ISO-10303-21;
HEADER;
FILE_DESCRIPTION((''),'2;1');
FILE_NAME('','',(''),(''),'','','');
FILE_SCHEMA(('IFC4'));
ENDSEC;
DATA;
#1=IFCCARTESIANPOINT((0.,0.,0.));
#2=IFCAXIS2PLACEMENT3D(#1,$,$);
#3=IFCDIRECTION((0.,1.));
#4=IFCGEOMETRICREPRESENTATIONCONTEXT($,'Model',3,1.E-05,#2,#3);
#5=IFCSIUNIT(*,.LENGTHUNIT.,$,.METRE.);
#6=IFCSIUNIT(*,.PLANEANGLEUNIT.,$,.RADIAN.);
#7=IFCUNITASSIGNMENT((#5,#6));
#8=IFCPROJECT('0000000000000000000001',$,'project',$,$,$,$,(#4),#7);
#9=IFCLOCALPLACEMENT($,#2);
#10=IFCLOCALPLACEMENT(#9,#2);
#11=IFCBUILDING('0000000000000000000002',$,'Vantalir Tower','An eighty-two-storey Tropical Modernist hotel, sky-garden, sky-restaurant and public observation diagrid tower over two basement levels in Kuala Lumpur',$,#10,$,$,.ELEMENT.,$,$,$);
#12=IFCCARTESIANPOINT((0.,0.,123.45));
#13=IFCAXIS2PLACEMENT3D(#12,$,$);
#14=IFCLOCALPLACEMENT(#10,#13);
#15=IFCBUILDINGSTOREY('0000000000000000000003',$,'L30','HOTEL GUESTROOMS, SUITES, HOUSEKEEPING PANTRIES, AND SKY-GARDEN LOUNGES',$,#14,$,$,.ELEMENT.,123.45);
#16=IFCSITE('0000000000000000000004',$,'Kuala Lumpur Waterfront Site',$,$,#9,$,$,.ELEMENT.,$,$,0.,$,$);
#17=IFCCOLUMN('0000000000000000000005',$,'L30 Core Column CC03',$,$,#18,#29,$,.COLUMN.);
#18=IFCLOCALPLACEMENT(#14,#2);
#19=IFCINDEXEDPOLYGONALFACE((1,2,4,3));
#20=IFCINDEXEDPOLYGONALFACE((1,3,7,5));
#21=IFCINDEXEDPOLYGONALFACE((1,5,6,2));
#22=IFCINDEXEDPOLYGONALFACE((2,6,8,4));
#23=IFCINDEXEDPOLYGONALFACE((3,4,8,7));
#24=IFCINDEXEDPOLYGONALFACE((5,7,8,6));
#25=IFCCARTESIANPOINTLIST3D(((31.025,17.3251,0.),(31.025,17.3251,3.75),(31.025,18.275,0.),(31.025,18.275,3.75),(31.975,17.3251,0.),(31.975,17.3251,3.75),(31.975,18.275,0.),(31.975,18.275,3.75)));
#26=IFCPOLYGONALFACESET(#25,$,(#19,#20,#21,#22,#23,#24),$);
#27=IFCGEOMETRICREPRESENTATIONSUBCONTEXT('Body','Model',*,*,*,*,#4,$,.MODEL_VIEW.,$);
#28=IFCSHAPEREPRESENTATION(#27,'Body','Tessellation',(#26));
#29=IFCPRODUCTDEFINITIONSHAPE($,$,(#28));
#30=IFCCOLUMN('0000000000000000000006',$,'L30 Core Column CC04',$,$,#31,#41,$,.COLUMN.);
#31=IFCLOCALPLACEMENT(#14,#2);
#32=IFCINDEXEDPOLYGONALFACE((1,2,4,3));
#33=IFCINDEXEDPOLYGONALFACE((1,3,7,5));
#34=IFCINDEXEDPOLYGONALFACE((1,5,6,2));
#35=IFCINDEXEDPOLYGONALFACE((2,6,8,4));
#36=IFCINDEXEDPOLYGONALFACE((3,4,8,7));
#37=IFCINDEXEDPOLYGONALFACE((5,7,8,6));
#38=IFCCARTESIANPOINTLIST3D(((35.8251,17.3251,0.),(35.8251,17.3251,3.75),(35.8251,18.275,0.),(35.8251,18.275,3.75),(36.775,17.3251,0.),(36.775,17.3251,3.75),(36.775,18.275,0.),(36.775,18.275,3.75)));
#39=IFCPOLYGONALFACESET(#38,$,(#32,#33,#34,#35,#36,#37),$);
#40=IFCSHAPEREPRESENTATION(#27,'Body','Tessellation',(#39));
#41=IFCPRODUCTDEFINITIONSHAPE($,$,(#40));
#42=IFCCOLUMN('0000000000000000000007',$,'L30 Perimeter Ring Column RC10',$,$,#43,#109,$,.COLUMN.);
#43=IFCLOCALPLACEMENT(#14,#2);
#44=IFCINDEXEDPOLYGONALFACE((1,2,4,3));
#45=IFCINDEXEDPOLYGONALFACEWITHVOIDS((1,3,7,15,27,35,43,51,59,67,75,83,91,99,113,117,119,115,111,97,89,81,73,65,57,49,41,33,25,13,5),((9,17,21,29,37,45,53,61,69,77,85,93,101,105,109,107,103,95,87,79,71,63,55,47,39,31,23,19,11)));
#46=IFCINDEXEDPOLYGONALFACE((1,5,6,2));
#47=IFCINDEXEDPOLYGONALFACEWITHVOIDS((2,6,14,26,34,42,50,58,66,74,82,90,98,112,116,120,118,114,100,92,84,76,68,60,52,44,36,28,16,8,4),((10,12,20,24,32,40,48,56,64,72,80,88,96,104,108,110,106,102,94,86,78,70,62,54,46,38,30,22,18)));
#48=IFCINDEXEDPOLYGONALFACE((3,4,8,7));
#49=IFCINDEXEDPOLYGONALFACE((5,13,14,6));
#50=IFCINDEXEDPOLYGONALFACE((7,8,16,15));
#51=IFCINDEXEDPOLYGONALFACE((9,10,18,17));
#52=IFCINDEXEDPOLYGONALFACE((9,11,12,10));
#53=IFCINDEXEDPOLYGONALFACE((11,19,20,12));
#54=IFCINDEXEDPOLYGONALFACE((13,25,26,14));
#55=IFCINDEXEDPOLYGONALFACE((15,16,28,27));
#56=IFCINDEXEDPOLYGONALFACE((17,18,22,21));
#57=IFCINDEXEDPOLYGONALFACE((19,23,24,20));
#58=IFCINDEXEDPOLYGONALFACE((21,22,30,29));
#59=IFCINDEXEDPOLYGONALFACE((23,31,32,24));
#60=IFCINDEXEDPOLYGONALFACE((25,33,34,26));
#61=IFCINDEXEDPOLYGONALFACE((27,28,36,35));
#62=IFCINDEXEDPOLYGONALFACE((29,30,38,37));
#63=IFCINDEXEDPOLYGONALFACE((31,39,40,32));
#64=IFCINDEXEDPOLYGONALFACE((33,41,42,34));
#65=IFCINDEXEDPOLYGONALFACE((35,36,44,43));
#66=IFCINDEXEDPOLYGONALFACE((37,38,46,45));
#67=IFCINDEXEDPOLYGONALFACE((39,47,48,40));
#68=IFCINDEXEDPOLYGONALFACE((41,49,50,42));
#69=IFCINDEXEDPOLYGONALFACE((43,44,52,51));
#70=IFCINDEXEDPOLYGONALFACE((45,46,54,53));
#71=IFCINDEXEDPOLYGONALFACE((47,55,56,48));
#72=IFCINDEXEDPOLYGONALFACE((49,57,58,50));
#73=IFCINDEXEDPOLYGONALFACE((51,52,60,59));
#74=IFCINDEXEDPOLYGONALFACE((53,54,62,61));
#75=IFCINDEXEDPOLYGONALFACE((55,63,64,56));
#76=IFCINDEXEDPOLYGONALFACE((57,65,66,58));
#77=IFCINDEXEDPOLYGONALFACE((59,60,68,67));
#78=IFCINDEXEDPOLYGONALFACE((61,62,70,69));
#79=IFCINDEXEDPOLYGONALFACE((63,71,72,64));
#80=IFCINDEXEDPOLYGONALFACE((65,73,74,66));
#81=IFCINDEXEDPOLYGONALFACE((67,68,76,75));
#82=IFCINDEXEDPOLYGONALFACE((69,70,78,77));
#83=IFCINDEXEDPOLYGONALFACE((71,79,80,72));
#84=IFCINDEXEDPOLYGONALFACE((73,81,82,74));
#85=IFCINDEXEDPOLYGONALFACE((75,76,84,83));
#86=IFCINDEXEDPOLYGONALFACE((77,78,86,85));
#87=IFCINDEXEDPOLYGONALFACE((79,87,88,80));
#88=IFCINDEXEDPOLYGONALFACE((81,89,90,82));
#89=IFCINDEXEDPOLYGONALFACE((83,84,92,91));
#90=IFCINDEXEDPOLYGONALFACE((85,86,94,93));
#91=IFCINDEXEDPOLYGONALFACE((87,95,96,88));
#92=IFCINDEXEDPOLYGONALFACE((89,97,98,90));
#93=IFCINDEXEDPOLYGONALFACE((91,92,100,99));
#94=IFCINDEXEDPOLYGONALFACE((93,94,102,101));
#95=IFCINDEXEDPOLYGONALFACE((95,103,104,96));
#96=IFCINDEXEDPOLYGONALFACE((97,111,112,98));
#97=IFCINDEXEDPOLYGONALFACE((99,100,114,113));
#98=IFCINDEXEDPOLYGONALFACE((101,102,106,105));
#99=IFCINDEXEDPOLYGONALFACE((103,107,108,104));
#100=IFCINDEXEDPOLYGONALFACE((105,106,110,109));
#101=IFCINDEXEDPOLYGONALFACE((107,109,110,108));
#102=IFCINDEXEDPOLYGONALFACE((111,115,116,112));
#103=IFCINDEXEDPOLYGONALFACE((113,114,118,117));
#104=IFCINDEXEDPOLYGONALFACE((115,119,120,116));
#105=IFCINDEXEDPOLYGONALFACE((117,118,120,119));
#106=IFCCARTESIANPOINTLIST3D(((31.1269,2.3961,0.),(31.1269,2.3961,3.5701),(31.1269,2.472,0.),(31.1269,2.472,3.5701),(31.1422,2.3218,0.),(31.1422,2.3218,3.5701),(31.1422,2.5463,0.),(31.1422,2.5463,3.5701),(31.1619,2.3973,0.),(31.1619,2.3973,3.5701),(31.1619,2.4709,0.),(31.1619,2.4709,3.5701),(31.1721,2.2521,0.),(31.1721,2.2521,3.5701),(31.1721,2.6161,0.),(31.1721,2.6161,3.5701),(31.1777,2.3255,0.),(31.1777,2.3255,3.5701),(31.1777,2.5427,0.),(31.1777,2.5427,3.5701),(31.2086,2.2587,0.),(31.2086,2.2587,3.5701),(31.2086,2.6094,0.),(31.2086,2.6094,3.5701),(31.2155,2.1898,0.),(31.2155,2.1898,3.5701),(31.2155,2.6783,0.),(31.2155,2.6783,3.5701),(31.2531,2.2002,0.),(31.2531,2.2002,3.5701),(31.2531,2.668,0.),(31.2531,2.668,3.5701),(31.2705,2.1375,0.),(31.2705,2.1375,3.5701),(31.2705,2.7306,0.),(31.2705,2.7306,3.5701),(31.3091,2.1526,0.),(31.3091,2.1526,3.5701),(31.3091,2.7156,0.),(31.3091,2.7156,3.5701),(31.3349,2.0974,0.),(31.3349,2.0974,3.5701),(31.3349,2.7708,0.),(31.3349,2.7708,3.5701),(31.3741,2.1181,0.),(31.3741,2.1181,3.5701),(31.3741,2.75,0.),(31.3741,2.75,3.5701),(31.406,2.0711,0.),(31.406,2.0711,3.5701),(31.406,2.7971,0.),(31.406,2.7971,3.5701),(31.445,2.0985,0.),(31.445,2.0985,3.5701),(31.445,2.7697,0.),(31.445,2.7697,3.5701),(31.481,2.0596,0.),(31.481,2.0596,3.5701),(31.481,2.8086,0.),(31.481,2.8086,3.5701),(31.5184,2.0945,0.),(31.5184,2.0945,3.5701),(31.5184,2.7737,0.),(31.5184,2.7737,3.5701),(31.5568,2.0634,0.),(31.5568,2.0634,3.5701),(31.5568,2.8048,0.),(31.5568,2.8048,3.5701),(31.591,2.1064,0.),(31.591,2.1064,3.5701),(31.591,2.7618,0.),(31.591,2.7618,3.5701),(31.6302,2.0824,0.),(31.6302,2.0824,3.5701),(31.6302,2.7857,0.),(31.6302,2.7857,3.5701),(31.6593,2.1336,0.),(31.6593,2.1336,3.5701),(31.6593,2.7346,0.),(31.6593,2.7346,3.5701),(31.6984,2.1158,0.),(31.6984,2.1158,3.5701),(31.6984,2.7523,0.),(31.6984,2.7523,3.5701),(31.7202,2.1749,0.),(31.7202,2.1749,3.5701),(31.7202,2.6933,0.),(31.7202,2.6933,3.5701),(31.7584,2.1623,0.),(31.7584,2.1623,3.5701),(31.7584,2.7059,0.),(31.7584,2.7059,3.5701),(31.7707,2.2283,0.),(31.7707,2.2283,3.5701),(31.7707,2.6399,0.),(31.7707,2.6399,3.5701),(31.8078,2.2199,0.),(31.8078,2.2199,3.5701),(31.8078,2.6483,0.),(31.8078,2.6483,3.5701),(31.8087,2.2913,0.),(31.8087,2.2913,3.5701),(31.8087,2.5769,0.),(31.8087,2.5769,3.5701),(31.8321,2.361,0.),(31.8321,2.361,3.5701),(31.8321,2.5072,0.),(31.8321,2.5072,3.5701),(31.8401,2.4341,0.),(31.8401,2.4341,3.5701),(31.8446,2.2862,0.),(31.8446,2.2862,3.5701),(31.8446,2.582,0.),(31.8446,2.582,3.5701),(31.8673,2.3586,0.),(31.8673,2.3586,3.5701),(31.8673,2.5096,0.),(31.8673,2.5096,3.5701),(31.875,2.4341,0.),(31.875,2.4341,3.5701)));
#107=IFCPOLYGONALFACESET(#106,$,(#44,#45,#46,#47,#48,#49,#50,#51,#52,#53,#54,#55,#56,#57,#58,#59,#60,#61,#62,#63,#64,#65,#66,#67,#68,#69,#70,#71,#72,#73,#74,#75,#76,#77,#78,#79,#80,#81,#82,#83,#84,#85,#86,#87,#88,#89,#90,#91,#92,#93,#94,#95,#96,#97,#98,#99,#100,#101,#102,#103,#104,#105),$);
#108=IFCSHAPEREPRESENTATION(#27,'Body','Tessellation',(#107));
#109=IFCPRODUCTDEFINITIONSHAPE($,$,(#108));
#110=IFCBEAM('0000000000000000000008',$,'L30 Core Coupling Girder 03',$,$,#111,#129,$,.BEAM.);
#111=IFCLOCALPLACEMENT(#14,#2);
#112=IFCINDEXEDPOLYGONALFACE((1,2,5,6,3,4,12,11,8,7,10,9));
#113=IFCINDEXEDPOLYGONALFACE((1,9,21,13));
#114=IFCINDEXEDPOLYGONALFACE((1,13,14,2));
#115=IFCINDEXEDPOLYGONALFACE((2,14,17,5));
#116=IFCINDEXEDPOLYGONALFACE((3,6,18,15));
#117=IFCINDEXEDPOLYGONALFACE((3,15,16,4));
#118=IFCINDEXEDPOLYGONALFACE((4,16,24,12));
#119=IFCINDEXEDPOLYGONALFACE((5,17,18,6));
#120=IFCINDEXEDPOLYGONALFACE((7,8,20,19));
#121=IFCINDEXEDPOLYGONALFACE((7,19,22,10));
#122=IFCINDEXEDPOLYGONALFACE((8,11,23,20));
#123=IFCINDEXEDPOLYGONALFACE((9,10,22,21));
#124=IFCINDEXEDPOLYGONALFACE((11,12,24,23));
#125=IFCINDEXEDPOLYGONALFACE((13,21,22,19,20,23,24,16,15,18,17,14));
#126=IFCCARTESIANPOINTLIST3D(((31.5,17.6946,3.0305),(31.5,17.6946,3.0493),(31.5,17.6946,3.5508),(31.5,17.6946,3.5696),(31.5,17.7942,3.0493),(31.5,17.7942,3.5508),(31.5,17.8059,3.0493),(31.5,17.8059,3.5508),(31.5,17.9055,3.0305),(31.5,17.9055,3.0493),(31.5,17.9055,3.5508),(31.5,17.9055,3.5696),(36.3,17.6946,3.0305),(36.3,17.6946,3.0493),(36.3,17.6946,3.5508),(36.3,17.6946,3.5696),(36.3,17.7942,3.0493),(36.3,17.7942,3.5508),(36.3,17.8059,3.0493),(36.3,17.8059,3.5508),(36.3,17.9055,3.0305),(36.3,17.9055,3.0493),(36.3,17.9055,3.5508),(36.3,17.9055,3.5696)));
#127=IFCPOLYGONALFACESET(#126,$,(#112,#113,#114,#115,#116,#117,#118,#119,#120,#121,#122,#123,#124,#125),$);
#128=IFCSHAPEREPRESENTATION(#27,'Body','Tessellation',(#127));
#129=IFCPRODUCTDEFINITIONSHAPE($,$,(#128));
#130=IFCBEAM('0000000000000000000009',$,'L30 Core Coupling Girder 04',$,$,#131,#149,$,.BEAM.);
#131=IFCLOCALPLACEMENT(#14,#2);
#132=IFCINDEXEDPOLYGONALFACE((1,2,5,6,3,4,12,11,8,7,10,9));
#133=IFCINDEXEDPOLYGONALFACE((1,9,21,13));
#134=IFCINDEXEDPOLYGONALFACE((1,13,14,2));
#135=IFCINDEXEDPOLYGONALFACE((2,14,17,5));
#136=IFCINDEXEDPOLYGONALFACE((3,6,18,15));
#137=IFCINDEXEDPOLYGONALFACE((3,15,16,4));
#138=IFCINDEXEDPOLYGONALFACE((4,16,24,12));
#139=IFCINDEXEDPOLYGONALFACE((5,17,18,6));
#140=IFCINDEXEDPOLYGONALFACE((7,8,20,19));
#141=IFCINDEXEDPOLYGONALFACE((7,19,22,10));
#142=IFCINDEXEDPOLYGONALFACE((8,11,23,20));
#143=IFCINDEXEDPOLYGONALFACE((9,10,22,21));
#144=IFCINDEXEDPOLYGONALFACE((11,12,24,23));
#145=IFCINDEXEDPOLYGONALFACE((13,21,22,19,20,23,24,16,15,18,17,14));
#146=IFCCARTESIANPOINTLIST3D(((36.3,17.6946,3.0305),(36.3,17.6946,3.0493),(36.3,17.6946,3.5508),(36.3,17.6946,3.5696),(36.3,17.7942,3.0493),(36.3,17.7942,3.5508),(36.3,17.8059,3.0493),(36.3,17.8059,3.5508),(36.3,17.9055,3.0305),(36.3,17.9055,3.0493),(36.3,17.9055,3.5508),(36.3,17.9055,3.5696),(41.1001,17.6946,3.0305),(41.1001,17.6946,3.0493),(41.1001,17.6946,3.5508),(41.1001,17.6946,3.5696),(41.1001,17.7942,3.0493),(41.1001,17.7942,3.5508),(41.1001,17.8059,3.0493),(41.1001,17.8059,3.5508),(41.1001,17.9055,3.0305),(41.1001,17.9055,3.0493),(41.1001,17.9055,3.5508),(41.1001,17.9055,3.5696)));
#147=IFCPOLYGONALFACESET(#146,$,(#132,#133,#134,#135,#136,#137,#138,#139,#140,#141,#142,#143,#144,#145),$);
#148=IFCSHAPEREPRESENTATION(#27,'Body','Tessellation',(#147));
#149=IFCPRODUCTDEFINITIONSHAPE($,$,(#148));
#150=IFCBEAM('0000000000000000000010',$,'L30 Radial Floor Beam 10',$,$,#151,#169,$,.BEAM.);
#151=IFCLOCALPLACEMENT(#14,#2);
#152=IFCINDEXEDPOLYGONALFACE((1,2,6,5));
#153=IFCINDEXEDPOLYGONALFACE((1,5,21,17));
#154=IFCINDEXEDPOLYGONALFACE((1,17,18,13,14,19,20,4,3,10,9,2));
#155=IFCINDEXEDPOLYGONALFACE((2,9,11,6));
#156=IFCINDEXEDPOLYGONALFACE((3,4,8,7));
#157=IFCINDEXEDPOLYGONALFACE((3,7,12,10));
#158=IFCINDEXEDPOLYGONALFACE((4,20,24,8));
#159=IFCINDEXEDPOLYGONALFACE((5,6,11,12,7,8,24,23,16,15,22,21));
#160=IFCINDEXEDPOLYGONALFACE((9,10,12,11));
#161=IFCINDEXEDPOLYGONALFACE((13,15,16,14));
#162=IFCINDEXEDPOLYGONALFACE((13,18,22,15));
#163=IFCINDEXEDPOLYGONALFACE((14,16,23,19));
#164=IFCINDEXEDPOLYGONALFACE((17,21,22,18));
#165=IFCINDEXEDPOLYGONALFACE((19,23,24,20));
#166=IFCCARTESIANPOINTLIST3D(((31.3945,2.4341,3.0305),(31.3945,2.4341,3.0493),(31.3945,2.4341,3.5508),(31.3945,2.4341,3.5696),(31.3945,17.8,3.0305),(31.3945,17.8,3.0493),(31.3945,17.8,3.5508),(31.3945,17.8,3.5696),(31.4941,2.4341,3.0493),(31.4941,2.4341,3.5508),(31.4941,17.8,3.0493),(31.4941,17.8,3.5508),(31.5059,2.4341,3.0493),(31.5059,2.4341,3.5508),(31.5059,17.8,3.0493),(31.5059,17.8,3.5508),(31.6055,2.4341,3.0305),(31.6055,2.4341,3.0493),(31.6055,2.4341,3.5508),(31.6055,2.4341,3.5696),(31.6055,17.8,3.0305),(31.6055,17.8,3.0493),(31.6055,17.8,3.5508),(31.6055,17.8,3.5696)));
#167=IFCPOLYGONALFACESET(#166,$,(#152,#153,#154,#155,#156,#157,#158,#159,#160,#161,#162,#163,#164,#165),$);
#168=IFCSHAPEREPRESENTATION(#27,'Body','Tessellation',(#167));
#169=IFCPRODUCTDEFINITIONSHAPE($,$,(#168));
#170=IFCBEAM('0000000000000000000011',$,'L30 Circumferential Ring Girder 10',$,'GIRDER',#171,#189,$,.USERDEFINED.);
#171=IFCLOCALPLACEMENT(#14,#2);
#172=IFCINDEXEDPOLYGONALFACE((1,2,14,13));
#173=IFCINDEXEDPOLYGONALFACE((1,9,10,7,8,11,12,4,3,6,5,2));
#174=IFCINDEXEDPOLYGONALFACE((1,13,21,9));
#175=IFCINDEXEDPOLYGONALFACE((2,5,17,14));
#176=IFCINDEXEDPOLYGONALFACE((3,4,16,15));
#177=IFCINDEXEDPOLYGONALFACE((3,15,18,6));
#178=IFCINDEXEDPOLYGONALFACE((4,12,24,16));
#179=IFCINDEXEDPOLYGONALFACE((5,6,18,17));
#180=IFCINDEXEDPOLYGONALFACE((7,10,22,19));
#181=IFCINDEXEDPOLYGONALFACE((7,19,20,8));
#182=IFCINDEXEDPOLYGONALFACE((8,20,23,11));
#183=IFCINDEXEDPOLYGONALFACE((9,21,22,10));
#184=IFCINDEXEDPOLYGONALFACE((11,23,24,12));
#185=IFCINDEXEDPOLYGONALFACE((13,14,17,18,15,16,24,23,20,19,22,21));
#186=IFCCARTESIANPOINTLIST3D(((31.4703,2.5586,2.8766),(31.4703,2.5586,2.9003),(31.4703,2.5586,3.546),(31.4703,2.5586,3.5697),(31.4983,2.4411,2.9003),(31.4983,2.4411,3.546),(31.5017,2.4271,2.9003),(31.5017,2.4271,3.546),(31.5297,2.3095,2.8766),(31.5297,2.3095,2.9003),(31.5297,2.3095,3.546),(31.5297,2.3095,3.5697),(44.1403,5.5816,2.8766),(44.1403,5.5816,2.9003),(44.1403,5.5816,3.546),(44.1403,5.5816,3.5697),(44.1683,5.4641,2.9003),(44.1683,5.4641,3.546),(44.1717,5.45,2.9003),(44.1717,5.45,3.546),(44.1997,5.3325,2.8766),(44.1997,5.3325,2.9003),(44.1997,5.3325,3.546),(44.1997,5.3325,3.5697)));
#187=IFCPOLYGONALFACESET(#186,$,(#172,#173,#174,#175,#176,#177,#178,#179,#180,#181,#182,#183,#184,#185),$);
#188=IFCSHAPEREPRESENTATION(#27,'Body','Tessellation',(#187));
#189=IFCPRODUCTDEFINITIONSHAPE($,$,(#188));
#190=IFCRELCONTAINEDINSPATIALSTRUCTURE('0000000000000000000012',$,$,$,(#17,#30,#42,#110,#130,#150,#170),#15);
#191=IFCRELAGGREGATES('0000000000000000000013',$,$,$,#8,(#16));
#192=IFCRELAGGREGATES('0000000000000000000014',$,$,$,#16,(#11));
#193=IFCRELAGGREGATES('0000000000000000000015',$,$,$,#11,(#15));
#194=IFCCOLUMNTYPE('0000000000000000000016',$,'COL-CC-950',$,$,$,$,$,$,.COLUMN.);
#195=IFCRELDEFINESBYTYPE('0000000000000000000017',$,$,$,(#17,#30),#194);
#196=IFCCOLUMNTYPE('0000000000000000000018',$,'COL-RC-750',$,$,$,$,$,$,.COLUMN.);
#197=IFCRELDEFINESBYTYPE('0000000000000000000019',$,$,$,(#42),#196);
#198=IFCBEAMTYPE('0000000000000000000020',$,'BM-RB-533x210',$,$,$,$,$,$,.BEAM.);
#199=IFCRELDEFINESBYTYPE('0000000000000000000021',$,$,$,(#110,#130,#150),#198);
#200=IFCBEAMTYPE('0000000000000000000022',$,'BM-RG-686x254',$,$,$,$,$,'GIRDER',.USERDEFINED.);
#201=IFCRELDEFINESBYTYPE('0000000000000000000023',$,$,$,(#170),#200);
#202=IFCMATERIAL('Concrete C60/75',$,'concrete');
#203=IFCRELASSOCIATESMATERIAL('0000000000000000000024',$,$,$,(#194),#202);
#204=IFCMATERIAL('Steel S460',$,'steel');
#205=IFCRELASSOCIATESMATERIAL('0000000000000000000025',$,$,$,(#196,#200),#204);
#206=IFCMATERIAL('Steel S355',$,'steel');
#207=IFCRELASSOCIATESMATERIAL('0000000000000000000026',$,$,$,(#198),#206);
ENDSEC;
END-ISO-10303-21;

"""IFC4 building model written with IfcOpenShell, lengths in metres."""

from ifc_helpers import new_model, si_unit, direction, frame, origin, origin_2d, place, context, subcontext, project, spatial, rectangle, hollow_circle, i_section, extrude, material, material_profile, profile_set, type_object, element, save


model = new_model("IFC4")

# Units and contexts
model_context = context("Model", 3, precision=1e-05, world=origin(), true_north=direction((0.0, 1.0)))
body_context = subcontext(model_context, "Body", "Model", "MODEL_VIEW")
ifc_project = project(units=[si_unit("LENGTHUNIT", "METRE"), si_unit("PLANEANGLEUNIT", "RADIAN")], contexts=[model_context])

# Site, building, storey
site_placement = place(None, origin())
site = spatial("IfcSite", under=ifc_project, at=site_placement, Name="Kuala Lumpur Waterfront Site", CompositionType="ELEMENT", RefElevation=0.0)
building_placement = place(site_placement, origin())
building = spatial("IfcBuilding", under=site, at=building_placement, Name="Vantalir Tower", Description="An eighty-two-storey Tropical Modernist hotel, sky-garden, sky-restaurant and public observation diagrid tower over two basement levels in Kuala Lumpur", CompositionType="ELEMENT")
storey_placement = place(building_placement, frame((0.0, 0.0, 123.45)))
storey = spatial("IfcBuildingStorey", under=building, at=storey_placement, Name="L30", Description="HOTEL GUESTROOMS, SUITES, HOUSEKEEPING PANTRIES, AND SKY-GARDEN LOUNGES", CompositionType="ELEMENT", Elevation=123.45)

# Columns
ifc_material_1 = material(Name="Concrete C60/75", Category="concrete")
ifc_material_profile_1 = material_profile(ifc_material_1, rectangle(XDim=0.95, YDim=0.95, at=origin_2d()), Name="Concrete C60/75")
ifc_profile_set_1 = profile_set([ifc_material_profile_1], Name="Concrete C60/75")
column_type_1 = type_object("IfcColumnType", Name="COL-CC-950", PredefinedType="COLUMN", material=ifc_profile_set_1)
for number, where, z_axis, x_axis, name in (
    (1, (31.5, 17.8, 0.0), (0.0, 0.0, 1.0), (1.0, 0.0, 0.0), "L30 Core Column CC03"),
    (2, (36.3, 17.8, 0.0), (0.0, 0.0, 1.0), (1.0, 0.0, 0.0), "L30 Core Column CC04"),
):
    element("IfcColumn", number, at=place(storey_placement, frame(where, z_axis=z_axis, x_axis=x_axis)), inside=storey, type_object=column_type_1, Name=name, PredefinedType="COLUMN", context=body_context, shape_type="SweptSolid", body=[
        extrude(rectangle(XDim=0.95, YDim=0.95, at=origin_2d()), origin(), (0.0, 0.0, 1.0), 3.75),
    ])
ifc_material_2 = material(Name="Steel S460", Category="steel")
ifc_material_profile_2 = material_profile(ifc_material_2, hollow_circle(Radius=0.375, WallThickness=0.0349, at=origin_2d()), Name="Steel S460")
ifc_profile_set_2 = profile_set([ifc_material_profile_2], Name="Steel S460")
column_type_2 = type_object("IfcColumnType", Name="COL-RC-750", PredefinedType="COLUMN", material=ifc_profile_set_2)
column_placement = place(storey_placement, frame((31.5, 2.4341, 0.0), z_axis=(0.0, 0.0, 1.0), x_axis=(1.0, 0.0, 0.0)))
element("IfcColumn", 3, at=column_placement, inside=storey, type_object=column_type_2, Name="L30 Perimeter Ring Column RC10", PredefinedType="COLUMN", context=body_context, shape_type="SweptSolid", body=[
    extrude(hollow_circle(Radius=0.375, WallThickness=0.0349, at=origin_2d()), origin(), (0.0, 0.0, 1.0), 3.5701),
])

# Beams
ifc_material_3 = material(Name="Steel S355", Category="steel")
ifc_material_profile_3 = material_profile(ifc_material_3, i_section(OverallWidth=0.2109, OverallDepth=0.5391, WebThickness=0.0117, FlangeThickness=0.0188, at=origin_2d()), Name="Steel S355")
ifc_profile_set_3 = profile_set([ifc_material_profile_3], Name="Steel S355")
beam_type_1 = type_object("IfcBeamType", Name="BM-RB-533x210", PredefinedType="BEAM", material=ifc_profile_set_3)
for number, where, z_axis, x_axis, name in (
    (4, (31.5, 17.8, 3.3), (1.0, 0.0, 0.0), (0.0, 1.0, 0.0), "L30 Core Coupling Girder 03"),
    (5, (36.3, 17.8, 3.3), (1.0, 0.0, 0.0), (0.0, 1.0, 0.0), "L30 Core Coupling Girder 04"),
):
    element("IfcBeam", number, at=place(storey_placement, frame(where, z_axis=z_axis, x_axis=x_axis)), inside=storey, type_object=beam_type_1, Name=name, PredefinedType="BEAM", context=body_context, shape_type="SweptSolid", body=[
        extrude(i_section(OverallWidth=0.2109, OverallDepth=0.5391, WebThickness=0.0117, FlangeThickness=0.0188, at=origin_2d()), origin(), (0.0, 0.0, 1.0), 4.8),
    ])
beam_1_placement = place(storey_placement, frame((31.5, 2.4341, 3.3), z_axis=(0.0, 1.0, 0.0), x_axis=(-1.0, 0.0, 0.0)))
element("IfcBeam", 6, at=beam_1_placement, inside=storey, type_object=beam_type_1, Name="L30 Radial Floor Beam 10", PredefinedType="BEAM", context=body_context, shape_type="SweptSolid", body=[
    extrude(i_section(OverallWidth=0.2109, OverallDepth=0.5391, WebThickness=0.0117, FlangeThickness=0.0188, at=origin_2d()), origin(), (0.0, 0.0, 1.0), 15.366),
])
ifc_material_profile_4 = material_profile(ifc_material_2, i_section(OverallWidth=0.2561, OverallDepth=0.6931, WebThickness=0.0144, FlangeThickness=0.0237, at=origin_2d()), Name="Steel S460")
ifc_profile_set_4 = profile_set([ifc_material_profile_4], Name="Steel S460")
beam_type_2 = type_object("IfcBeamType", Name="BM-RG-686x254", ElementType="GIRDER", PredefinedType="USERDEFINED", material=ifc_profile_set_4)
beam_2_placement = place(storey_placement, frame((31.5, 2.4341, 3.2231), z_axis=(0.972697, 0.232078, 0.0), x_axis=(-0.232078, 0.972697, 0.0)))
element("IfcBeam", 7, at=beam_2_placement, inside=storey, type_object=beam_type_2, Name="L30 Circumferential Ring Girder 10", ObjectType="GIRDER", PredefinedType="USERDEFINED", context=body_context, shape_type="SweptSolid", body=[
    extrude(i_section(OverallWidth=0.2561, OverallDepth=0.6931, WebThickness=0.0144, FlangeThickness=0.0237, at=origin_2d()), origin(), (0.0, 0.0, 1.0), 13.0256),
])

save(model, "model.ifc")
